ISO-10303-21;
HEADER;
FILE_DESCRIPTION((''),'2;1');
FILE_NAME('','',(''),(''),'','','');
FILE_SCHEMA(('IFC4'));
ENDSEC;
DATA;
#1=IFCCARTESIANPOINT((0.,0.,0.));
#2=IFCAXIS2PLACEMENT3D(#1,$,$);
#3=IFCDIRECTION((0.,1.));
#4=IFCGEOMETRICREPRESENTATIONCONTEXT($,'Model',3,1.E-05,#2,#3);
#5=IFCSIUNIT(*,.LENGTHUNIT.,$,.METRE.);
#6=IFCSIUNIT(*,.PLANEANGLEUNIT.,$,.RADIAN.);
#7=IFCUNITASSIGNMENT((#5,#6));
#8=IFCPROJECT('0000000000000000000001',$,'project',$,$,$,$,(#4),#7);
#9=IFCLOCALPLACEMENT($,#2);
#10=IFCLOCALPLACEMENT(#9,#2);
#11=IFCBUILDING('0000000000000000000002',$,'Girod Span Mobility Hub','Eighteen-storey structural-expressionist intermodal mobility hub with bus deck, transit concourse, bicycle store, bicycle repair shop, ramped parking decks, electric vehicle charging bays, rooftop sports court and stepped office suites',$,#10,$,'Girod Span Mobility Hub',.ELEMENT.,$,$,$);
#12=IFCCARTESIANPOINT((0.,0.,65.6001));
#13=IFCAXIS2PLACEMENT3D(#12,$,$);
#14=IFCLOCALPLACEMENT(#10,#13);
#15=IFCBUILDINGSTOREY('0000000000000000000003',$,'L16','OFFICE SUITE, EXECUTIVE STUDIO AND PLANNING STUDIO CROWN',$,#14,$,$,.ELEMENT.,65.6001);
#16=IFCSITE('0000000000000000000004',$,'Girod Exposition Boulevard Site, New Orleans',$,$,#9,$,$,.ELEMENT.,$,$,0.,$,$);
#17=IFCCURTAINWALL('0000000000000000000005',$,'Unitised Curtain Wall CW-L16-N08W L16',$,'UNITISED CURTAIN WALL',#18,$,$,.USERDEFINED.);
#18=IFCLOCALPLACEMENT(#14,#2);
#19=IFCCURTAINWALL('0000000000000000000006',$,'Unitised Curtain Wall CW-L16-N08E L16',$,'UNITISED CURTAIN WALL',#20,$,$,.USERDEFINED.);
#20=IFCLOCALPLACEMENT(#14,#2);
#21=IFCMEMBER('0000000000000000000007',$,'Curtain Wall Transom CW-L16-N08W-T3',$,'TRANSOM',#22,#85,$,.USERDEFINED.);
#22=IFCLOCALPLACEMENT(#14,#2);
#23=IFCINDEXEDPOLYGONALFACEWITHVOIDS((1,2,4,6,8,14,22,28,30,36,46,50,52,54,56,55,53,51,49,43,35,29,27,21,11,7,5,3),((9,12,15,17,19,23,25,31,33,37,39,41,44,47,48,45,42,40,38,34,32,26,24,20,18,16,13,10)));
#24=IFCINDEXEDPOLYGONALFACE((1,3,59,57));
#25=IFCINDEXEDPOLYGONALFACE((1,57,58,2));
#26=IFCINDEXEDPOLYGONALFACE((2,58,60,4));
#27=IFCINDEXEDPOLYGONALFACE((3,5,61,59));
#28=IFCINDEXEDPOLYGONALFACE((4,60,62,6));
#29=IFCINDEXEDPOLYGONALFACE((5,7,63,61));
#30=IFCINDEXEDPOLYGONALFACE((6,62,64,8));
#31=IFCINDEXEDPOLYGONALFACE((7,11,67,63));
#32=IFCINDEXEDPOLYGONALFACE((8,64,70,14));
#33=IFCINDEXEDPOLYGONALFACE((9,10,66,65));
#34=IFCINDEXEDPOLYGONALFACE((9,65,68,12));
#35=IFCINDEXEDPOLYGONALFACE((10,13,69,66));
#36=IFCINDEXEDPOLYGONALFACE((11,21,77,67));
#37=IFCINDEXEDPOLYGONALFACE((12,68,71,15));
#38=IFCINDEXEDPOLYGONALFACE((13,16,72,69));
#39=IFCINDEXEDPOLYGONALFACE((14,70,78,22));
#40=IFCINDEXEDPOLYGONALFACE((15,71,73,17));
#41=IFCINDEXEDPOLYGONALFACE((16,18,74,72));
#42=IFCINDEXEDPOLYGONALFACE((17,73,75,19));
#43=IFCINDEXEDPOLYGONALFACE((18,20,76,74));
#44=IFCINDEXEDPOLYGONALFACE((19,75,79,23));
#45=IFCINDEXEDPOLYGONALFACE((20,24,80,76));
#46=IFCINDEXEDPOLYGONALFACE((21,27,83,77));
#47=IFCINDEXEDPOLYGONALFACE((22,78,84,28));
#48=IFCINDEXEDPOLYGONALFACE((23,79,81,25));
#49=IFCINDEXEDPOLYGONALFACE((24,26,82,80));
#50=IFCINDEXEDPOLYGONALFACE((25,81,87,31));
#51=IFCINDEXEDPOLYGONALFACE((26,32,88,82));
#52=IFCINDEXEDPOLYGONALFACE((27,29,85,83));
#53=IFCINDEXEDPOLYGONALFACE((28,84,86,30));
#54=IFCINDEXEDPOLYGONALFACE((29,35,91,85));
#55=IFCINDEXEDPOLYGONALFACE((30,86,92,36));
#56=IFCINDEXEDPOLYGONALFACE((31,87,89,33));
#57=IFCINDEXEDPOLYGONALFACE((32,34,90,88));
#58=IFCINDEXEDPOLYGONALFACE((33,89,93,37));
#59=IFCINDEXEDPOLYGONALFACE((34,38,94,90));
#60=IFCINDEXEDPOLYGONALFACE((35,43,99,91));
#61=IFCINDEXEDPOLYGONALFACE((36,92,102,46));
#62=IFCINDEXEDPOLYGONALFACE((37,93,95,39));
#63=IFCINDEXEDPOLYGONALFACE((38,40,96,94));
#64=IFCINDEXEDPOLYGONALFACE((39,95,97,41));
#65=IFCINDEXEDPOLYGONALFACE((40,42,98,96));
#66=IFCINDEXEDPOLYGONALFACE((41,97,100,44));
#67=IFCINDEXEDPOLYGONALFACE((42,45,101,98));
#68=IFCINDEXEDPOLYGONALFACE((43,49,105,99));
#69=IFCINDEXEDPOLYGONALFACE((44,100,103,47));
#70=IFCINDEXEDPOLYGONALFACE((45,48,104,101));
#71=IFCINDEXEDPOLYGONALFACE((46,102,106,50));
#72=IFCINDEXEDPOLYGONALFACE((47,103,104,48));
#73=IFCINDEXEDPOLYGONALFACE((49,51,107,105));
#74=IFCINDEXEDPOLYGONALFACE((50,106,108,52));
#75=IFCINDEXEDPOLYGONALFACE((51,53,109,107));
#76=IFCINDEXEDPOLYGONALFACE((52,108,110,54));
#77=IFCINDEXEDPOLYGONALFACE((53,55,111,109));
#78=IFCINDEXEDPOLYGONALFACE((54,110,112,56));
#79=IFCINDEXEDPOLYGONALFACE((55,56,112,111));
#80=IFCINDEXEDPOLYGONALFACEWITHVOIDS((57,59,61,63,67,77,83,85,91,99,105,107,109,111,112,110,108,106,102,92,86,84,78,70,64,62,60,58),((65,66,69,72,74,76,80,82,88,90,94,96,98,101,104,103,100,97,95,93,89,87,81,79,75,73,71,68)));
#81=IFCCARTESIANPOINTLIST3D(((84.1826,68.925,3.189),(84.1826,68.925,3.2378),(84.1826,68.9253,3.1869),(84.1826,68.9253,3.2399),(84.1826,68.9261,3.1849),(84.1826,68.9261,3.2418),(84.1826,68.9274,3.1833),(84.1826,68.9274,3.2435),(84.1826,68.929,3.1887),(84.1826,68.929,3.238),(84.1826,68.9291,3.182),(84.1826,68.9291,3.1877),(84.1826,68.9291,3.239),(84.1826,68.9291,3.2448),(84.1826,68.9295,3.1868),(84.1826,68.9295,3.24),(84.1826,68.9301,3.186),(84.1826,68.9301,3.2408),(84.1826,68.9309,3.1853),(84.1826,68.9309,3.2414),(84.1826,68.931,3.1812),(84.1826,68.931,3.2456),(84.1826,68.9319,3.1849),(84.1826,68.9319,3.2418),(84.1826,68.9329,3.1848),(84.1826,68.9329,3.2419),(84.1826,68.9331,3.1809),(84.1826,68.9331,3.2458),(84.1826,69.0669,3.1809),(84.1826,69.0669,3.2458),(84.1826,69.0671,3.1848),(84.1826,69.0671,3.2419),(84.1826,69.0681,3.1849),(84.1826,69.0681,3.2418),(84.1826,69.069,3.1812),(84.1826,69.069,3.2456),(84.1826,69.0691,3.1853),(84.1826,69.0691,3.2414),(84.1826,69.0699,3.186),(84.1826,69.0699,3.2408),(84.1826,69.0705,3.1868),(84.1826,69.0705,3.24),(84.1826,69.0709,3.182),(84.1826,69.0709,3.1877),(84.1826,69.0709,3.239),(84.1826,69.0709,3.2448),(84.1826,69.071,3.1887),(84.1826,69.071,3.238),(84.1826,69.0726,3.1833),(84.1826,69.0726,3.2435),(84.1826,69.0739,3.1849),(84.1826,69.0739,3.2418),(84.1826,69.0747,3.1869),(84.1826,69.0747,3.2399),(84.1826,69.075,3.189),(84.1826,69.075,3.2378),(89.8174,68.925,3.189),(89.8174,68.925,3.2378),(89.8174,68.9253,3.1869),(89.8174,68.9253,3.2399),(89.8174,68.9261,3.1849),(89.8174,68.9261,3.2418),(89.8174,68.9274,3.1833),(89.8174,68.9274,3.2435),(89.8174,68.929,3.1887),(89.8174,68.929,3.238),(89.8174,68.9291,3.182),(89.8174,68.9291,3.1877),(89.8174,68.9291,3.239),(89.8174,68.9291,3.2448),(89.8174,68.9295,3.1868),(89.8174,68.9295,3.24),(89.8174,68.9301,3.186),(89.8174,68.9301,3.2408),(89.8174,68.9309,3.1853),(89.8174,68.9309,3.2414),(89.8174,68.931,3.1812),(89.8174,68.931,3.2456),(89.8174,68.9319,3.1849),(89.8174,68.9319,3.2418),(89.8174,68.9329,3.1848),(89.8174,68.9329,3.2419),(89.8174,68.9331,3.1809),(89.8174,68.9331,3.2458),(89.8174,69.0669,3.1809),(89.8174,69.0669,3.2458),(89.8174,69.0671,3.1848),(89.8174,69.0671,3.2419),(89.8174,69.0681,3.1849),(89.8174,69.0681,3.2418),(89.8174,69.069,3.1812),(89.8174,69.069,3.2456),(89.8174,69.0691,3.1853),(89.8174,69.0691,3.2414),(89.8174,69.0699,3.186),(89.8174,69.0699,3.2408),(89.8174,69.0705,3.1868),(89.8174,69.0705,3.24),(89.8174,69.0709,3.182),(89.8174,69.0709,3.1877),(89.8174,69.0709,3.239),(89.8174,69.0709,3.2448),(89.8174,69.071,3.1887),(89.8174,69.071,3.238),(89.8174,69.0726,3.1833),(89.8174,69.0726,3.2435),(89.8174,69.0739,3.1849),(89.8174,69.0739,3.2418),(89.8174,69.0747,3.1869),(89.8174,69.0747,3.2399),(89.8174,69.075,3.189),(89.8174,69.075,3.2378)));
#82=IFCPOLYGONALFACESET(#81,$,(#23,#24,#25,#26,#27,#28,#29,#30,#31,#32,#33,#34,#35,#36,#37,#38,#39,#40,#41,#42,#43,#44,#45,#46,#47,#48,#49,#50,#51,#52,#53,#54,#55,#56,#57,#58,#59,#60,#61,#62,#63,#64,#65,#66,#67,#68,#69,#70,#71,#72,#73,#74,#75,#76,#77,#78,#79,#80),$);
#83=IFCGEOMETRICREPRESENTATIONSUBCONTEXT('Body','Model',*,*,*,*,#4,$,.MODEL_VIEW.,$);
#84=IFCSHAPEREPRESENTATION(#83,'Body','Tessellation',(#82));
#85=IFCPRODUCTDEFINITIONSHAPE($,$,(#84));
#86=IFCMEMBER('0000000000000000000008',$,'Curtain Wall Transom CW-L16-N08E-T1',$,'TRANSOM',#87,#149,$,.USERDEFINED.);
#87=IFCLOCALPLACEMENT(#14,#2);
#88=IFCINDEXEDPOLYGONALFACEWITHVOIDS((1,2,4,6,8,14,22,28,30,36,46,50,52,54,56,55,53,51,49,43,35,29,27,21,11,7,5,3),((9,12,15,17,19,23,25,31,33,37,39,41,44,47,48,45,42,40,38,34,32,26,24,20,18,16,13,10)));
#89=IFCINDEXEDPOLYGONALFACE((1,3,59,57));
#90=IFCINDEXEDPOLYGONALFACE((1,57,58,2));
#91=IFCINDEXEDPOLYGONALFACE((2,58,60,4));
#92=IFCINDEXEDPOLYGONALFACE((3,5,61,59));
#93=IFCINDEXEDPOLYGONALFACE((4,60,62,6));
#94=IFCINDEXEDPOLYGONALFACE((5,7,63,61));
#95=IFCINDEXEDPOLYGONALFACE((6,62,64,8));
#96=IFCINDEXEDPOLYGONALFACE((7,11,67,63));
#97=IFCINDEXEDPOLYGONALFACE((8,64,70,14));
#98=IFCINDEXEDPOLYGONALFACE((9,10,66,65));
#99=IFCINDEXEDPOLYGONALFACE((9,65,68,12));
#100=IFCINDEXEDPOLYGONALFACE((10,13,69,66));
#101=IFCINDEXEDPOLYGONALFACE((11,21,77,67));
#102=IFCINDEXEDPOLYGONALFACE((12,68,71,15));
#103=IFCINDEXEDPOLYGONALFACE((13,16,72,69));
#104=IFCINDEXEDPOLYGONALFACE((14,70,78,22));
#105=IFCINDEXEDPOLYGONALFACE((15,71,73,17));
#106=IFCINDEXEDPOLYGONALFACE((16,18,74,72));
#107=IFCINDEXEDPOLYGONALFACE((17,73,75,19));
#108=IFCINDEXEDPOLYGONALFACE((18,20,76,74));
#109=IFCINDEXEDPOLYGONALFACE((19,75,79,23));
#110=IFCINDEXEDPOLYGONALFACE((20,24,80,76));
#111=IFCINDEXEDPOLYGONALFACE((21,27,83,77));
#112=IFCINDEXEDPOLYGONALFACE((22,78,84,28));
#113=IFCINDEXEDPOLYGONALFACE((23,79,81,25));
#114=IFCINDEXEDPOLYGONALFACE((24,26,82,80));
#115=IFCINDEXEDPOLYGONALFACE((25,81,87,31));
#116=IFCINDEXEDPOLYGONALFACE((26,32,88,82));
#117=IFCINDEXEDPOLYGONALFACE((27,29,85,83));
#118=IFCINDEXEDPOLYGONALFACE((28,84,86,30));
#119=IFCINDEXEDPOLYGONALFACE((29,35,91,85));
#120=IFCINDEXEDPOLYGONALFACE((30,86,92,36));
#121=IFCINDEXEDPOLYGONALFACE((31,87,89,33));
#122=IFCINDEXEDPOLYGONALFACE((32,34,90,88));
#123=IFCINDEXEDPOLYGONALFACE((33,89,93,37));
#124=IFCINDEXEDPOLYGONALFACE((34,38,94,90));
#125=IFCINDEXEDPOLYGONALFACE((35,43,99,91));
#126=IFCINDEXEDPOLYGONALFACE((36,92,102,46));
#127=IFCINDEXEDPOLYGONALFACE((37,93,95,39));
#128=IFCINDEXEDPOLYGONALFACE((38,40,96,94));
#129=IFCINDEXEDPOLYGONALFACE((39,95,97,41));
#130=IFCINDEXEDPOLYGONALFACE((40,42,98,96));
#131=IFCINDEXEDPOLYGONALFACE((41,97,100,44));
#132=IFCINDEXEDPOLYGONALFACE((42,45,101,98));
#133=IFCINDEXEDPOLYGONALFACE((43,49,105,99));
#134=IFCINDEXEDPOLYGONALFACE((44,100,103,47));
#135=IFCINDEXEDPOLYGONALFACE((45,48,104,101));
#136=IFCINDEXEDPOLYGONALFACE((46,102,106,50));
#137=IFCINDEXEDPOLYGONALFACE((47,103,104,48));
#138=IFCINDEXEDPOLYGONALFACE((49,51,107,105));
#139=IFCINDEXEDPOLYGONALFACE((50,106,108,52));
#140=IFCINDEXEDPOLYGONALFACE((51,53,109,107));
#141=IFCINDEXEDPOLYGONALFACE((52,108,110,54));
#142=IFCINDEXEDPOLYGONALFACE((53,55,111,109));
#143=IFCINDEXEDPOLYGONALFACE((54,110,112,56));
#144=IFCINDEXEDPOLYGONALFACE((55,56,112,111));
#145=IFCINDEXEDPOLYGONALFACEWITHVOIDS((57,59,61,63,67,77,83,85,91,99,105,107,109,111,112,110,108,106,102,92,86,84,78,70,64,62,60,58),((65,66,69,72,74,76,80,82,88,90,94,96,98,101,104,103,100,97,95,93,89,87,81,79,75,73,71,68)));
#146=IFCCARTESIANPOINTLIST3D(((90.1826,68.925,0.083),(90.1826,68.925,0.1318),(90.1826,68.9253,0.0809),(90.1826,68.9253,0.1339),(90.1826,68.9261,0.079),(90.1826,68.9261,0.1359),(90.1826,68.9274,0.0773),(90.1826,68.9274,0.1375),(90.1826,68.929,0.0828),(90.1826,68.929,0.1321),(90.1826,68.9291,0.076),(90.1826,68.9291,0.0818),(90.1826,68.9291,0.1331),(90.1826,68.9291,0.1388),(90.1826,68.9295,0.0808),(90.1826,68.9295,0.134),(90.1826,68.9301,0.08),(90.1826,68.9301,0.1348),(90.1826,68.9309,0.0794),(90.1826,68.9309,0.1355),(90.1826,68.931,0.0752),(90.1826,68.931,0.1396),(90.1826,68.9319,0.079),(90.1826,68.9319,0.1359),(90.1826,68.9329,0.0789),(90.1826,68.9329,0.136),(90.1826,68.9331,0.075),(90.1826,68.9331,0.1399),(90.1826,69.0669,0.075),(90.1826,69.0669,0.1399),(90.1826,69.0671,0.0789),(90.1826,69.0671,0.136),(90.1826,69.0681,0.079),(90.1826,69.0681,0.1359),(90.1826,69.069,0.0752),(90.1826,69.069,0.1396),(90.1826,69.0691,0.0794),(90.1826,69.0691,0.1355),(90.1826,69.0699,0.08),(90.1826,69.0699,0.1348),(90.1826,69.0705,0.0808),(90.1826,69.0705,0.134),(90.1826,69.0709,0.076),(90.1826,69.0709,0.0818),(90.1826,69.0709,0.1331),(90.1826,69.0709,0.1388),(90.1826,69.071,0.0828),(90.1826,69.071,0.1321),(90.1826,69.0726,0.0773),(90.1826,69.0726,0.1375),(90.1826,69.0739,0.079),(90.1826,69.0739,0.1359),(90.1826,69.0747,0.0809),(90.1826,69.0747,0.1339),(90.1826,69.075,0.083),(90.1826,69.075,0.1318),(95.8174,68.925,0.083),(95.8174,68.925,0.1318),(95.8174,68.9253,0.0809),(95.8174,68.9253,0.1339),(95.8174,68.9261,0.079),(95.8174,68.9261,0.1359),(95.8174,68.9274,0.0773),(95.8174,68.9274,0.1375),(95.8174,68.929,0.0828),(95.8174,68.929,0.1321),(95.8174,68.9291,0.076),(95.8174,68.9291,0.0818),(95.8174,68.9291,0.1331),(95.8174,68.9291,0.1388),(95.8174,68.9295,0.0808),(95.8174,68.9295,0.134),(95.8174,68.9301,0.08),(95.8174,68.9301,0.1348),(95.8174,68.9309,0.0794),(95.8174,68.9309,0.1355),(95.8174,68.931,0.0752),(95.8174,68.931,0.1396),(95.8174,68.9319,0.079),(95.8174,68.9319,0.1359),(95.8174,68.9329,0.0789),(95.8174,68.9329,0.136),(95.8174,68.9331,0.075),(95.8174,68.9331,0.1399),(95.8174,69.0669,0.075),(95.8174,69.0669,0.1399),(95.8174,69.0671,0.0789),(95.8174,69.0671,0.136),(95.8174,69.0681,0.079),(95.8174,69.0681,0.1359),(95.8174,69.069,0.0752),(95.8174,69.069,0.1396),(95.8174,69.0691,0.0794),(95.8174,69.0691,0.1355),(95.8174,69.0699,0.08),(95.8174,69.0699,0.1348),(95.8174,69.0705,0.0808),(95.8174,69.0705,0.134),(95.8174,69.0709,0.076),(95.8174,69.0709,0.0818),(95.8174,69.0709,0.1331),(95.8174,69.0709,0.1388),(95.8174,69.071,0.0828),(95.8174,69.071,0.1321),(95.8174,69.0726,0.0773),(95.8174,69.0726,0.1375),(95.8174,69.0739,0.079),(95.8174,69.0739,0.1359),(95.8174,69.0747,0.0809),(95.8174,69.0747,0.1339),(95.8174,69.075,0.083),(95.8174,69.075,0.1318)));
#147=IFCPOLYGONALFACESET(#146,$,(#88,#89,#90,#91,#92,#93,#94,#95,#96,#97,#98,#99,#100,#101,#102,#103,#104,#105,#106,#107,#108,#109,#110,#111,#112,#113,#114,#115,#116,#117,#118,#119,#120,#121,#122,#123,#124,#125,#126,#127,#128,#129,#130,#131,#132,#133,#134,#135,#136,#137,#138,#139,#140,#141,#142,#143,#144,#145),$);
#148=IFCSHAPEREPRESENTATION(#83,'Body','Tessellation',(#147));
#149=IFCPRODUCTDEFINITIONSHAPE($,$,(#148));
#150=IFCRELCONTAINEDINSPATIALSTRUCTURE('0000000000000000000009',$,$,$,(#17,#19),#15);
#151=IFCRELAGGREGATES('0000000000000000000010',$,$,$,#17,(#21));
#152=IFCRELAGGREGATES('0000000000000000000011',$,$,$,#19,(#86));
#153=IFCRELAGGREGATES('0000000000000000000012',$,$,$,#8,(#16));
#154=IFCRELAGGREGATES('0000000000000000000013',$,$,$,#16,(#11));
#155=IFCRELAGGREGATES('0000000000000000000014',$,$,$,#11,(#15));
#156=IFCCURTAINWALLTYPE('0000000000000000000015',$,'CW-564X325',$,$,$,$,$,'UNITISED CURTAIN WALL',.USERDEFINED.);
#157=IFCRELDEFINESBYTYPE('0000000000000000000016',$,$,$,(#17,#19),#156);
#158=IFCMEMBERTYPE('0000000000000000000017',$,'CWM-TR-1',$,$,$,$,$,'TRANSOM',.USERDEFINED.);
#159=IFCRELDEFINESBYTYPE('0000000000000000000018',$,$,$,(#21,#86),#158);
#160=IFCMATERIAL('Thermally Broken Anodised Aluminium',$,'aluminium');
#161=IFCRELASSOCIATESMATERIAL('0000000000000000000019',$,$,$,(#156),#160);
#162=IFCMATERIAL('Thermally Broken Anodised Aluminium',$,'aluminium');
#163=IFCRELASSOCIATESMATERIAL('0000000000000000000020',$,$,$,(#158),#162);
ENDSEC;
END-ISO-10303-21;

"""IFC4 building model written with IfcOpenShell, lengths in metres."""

from ifc_helpers import new_model, si_unit, direction, frame, origin, origin_2d, place, context, subcontext, project, spatial, hollow_rectangle, extrude, material, material_profile, profile_set, type_object, element, aggregate, save


model = new_model("IFC4")

# Units and contexts
model_context = context("Model", 3, precision=1e-05, world=origin(), true_north=direction((0.0, 1.0)))
body_context = subcontext(model_context, "Body", "Model", "MODEL_VIEW")
ifc_project = project(units=[si_unit("LENGTHUNIT", "METRE"), si_unit("PLANEANGLEUNIT", "RADIAN")], contexts=[model_context])

# Site, building, storey
site_placement = place(None, origin())
site = spatial("IfcSite", under=ifc_project, at=site_placement, Name="Girod Exposition Boulevard Site, New Orleans", CompositionType="ELEMENT", RefElevation=0.0)
building_placement = place(site_placement, origin())
building = spatial("IfcBuilding", under=site, at=building_placement, Name="Girod Span Mobility Hub", Description="Eighteen-storey structural-expressionist intermodal mobility hub with bus deck, transit concourse, bicycle store, bicycle repair shop, ramped parking decks, electric vehicle charging bays, rooftop sports court and stepped office suites", LongName="Girod Span Mobility Hub", CompositionType="ELEMENT")
storey_placement = place(building_placement, frame((0.0, 0.0, 65.6001)))
storey = spatial("IfcBuildingStorey", under=building, at=storey_placement, Name="L16", Description="OFFICE SUITE, EXECUTIVE STUDIO AND PLANNING STUDIO CROWN", CompositionType="ELEMENT", Elevation=65.6001)

# Curtain walls
ifc_material_1 = material(Name="Thermally Broken Anodised Aluminium", Category="aluminium")
curtain_wall_type = type_object("IfcCurtainWallType", Name="CW-564X325", ElementType="UNITISED CURTAIN WALL", PredefinedType="USERDEFINED", material=ifc_material_1)
curtain_wall_1_placement = place(storey_placement, origin())
curtain_wall_1 = element("IfcCurtainWall", 1, at=curtain_wall_1_placement, inside=storey, type_object=curtain_wall_type, Name="Unitised Curtain Wall CW-L16-N08W L16", ObjectType="UNITISED CURTAIN WALL", PredefinedType="USERDEFINED")
curtain_wall_2_placement = place(storey_placement, origin())
curtain_wall_2 = element("IfcCurtainWall", 2, at=curtain_wall_2_placement, inside=storey, type_object=curtain_wall_type, Name="Unitised Curtain Wall CW-L16-N08E L16", ObjectType="UNITISED CURTAIN WALL", PredefinedType="USERDEFINED")

# Members
ifc_material_2 = material(Name="Thermally Broken Anodised Aluminium", Category="aluminium")
ifc_material_profile_1 = material_profile(ifc_material_2, hollow_rectangle(XDim=0.1499, YDim=0.0649, WallThickness=0.0039, InnerFilletRadius=0.0039, OuterFilletRadius=0.0081, at=origin_2d()), Name="CW-TR-65X150")
ifc_profile_set_1 = profile_set([ifc_material_profile_1], Name="Thermally Broken Anodised Aluminium")
member_type_1 = type_object("IfcMemberType", Name="CWM-TR-1", ElementType="TRANSOM", PredefinedType="USERDEFINED", material=ifc_profile_set_1)
member_1_placement = place(storey_placement, frame((84.1826, 69.0, 3.2134), z_axis=(1.0, 0.0, 0.0), x_axis=(0.0, 1.0, 0.0)))
member_1 = element("IfcMember", 3, at=member_1_placement, type_object=member_type_1, Name="Curtain Wall Transom CW-L16-N08W-T3", ObjectType="TRANSOM", PredefinedType="USERDEFINED", context=body_context, shape_type="SweptSolid", body=[
    extrude(hollow_rectangle(XDim=0.1499, YDim=0.0649, WallThickness=0.0039, InnerFilletRadius=0.0039, OuterFilletRadius=0.0081, at=origin_2d()), origin(), (0.0, 0.0, 1.0), 5.6348),
])
member_2_placement = place(storey_placement, frame((90.1826, 69.0, 0.1074), z_axis=(1.0, 0.0, 0.0), x_axis=(0.0, 1.0, 0.0)))
member_2 = element("IfcMember", 4, at=member_2_placement, type_object=member_type_1, Name="Curtain Wall Transom CW-L16-N08E-T1", ObjectType="TRANSOM", PredefinedType="USERDEFINED", context=body_context, shape_type="SweptSolid", body=[
    extrude(hollow_rectangle(XDim=0.1499, YDim=0.0649, WallThickness=0.0039, InnerFilletRadius=0.0039, OuterFilletRadius=0.0081, at=origin_2d()), origin(), (0.0, 0.0, 1.0), 5.6348),
])

aggregate(curtain_wall_1, [member_1])
aggregate(curtain_wall_2, [member_2])

save(model, "model.ifc")
